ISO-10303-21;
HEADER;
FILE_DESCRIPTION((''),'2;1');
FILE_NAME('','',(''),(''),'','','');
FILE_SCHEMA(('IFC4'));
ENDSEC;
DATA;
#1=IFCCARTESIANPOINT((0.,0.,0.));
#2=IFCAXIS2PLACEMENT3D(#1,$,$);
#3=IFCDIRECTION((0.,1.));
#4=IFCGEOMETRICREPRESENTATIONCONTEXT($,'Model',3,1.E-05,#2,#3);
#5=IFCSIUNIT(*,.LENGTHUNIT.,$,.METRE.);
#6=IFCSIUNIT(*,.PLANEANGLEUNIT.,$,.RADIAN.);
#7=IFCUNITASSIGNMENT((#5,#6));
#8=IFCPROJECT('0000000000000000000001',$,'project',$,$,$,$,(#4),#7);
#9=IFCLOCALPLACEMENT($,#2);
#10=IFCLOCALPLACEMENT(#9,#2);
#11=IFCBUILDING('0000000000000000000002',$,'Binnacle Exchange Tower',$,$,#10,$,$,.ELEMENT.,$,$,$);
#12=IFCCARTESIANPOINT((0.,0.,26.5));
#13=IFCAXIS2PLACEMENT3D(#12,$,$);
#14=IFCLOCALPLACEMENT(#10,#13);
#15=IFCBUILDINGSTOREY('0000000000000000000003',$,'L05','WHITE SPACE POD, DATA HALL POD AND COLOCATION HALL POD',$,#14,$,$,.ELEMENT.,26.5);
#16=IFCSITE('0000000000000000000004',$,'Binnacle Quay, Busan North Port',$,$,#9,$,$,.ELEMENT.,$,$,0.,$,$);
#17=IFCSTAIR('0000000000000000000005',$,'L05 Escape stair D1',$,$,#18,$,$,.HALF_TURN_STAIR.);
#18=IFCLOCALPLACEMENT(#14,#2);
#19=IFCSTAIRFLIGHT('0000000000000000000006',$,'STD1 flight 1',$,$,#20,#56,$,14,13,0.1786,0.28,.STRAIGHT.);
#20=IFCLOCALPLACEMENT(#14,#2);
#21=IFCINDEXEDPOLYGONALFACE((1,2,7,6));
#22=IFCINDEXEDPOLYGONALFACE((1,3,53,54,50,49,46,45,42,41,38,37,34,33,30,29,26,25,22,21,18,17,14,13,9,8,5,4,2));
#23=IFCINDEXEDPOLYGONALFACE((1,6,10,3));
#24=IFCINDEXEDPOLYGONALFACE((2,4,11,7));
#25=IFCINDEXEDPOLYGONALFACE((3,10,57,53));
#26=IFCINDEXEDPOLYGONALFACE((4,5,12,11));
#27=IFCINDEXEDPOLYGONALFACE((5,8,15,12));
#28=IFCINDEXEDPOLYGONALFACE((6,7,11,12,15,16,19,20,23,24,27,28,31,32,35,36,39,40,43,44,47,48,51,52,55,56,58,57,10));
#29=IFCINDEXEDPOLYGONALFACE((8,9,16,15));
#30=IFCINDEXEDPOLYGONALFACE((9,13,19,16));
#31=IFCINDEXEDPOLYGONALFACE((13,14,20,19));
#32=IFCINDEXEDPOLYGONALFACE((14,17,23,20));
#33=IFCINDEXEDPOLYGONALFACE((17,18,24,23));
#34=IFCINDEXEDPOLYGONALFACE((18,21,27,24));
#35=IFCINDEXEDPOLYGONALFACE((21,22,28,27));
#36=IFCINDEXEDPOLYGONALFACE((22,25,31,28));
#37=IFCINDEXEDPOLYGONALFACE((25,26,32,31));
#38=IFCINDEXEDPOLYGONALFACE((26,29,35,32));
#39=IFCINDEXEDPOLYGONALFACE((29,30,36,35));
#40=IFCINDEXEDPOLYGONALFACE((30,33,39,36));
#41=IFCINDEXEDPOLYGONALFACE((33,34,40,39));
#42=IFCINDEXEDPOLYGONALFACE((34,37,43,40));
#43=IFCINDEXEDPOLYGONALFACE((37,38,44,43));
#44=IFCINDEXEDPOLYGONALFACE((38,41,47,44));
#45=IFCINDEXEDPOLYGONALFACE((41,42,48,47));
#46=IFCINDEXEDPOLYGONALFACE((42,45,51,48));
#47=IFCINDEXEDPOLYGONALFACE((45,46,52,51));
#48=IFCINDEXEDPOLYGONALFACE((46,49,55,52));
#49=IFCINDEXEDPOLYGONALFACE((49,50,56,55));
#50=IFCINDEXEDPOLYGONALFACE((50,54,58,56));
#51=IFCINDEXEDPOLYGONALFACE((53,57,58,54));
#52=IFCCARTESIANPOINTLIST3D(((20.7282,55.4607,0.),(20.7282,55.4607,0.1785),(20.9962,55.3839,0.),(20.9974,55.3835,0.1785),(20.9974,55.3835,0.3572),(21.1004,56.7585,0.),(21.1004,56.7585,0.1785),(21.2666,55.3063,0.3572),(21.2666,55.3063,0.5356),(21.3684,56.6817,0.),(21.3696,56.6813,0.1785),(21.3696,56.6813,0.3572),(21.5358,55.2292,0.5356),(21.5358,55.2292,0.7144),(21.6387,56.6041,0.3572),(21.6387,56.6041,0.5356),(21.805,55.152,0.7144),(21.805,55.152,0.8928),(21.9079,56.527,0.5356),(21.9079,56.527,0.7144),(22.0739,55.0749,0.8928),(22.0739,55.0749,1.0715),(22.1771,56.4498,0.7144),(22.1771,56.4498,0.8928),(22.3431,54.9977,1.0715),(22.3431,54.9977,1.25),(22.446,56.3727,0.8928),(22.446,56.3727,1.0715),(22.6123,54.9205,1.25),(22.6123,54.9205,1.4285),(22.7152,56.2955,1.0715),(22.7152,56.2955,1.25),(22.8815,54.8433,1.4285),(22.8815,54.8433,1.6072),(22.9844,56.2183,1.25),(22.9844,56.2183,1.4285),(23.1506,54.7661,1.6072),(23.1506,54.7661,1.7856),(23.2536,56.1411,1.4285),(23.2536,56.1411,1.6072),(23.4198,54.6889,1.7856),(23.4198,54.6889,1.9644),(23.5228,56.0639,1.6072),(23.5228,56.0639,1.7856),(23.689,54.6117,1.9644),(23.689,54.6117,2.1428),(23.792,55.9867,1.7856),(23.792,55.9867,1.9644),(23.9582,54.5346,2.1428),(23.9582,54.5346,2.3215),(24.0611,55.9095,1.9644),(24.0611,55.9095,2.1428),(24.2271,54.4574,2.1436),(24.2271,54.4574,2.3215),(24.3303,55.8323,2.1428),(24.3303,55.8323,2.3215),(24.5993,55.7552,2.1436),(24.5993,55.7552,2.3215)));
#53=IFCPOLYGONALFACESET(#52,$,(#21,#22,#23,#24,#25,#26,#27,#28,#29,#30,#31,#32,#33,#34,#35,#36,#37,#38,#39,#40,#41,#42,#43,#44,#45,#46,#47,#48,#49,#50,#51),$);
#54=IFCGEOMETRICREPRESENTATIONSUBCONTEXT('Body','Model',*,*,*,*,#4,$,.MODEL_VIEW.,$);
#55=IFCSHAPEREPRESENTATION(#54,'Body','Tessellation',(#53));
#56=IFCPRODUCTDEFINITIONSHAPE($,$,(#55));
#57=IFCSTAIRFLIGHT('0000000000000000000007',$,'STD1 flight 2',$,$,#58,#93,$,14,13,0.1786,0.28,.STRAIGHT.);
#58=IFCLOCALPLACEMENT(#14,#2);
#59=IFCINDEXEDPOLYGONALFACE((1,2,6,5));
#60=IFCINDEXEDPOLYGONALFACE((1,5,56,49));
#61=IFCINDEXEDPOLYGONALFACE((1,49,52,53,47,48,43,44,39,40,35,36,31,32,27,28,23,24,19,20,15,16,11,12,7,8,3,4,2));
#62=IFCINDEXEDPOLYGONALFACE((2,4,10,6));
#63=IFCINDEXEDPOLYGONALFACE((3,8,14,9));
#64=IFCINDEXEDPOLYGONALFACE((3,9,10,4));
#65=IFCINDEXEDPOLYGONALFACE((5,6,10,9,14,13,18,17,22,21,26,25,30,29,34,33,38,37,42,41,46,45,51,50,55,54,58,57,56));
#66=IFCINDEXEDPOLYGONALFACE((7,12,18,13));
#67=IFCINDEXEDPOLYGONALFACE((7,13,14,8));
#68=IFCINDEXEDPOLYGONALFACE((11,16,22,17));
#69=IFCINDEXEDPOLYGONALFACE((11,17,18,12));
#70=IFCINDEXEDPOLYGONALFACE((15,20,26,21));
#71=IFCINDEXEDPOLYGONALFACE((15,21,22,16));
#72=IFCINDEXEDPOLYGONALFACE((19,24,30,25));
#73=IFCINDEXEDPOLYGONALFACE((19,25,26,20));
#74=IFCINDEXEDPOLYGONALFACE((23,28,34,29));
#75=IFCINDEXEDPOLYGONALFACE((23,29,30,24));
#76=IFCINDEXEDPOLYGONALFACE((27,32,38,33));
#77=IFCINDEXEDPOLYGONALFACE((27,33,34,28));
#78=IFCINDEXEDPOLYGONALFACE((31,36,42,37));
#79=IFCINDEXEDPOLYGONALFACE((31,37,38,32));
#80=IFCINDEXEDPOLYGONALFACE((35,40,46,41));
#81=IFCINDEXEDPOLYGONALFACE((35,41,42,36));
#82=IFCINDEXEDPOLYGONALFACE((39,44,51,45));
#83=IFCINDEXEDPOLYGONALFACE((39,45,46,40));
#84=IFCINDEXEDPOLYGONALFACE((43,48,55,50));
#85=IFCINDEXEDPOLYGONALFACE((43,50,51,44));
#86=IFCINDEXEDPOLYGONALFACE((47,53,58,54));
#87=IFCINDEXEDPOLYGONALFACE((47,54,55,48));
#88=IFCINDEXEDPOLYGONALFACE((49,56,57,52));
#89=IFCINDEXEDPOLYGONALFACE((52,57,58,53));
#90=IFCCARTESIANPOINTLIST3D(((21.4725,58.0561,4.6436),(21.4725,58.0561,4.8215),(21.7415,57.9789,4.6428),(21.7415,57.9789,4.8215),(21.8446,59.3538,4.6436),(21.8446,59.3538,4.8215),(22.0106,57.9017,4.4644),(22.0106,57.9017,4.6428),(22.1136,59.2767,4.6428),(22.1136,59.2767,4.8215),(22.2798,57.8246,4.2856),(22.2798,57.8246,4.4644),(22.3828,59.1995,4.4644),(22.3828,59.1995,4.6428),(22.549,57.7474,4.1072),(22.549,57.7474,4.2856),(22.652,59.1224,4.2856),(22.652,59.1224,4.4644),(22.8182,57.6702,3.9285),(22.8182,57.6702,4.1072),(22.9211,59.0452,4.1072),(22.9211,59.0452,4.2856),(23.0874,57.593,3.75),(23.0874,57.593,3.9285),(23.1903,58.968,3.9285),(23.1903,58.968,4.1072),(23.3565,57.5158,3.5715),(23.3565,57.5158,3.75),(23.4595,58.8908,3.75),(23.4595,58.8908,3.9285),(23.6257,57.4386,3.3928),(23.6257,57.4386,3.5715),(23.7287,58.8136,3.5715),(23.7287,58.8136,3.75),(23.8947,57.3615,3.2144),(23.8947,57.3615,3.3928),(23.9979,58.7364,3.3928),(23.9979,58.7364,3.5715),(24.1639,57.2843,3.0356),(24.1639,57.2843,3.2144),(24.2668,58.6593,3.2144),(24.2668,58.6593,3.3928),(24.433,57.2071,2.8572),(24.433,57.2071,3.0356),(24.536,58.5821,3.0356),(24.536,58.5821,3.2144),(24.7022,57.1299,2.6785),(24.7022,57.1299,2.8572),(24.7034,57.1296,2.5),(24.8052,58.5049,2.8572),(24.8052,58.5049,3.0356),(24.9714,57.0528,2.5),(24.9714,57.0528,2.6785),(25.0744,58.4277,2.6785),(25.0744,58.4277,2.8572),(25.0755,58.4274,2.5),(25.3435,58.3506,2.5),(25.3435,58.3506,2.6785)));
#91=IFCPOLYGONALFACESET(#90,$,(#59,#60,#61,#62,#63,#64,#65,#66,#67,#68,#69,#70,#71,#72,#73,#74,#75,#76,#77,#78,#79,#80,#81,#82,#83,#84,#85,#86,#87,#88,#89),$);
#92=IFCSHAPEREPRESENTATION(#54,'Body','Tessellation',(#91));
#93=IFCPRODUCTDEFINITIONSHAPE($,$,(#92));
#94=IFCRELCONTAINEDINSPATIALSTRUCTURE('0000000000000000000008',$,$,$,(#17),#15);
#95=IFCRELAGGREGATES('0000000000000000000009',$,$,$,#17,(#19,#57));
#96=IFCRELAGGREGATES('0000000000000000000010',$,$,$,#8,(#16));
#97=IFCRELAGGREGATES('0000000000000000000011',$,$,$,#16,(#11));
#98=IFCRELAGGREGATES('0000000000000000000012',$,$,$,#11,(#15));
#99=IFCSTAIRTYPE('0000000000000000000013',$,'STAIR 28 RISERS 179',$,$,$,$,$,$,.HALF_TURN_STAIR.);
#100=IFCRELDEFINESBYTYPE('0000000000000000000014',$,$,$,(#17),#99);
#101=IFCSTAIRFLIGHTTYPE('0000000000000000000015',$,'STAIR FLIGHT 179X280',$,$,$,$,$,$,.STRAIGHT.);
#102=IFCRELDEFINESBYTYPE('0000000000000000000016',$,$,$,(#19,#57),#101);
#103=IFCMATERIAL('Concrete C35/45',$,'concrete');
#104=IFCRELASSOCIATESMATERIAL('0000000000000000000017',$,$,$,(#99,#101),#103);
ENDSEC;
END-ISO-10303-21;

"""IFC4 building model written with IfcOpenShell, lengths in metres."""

from ifc_helpers import new_model, si_unit, direction, frame, origin, place, context, subcontext, project, spatial, polyline, outline, extrude, material, type_object, element, aggregate, save


model = new_model("IFC4")

# Units and contexts
model_context = context("Model", 3, precision=1e-05, world=origin(), true_north=direction((0.0, 1.0)))
body_context = subcontext(model_context, "Body", "Model", "MODEL_VIEW")
ifc_project = project(units=[si_unit("LENGTHUNIT", "METRE"), si_unit("PLANEANGLEUNIT", "RADIAN")], contexts=[model_context])

# Site, building, storey
site_placement = place(None, origin())
site = spatial("IfcSite", under=ifc_project, at=site_placement, Name="Binnacle Quay, Busan North Port", CompositionType="ELEMENT", RefElevation=0.0)
building_placement = place(site_placement, origin())
building = spatial("IfcBuilding", under=site, at=building_placement, Name="Binnacle Exchange Tower", CompositionType="ELEMENT")
storey_placement = place(building_placement, frame((0.0, 0.0, 26.5)))
storey = spatial("IfcBuildingStorey", under=building, at=storey_placement, Name="L05", Description="WHITE SPACE POD, DATA HALL POD AND COLOCATION HALL POD", CompositionType="ELEMENT", Elevation=26.5)

# Stair, stair flights
ifc_material_1 = material(Name="Concrete C35/45", Category="concrete")
stair_type = type_object("IfcStairType", Name="STAIR 28 RISERS 179", PredefinedType="HALF_TURN_STAIR", material=ifc_material_1)
stair_placement = place(storey_placement, origin())
stair = element("IfcStair", 1, at=stair_placement, inside=storey, type_object=stair_type, Name="L05 Escape stair D1", PredefinedType="HALF_TURN_STAIR")
stair_flight_type = type_object("IfcStairFlightType", Name="STAIR FLIGHT 179X280", PredefinedType="STRAIGHT", material=ifc_material_1)
stair_flight_1_placement = place(storey_placement, frame((20.9143, 56.1096, 0.0), z_axis=(0.0, 0.0, 1.0), x_axis=(0.961262, -0.275637, 0.0)))
stair_flight_1 = element("IfcStairFlight", 2, at=stair_flight_1_placement, type_object=stair_flight_type, Name="STD1 flight 1", NumberOfRisers=14, NumberOfTreads=13, PredefinedType="STRAIGHT", RiserHeight=0.1786, TreadLength=0.28, context=body_context, shape_type="SweptSolid", body=[
    extrude(outline(polyline([(0.0, 0.0), (0.0, 0.1785), (0.28, 0.1785), (0.28, 0.3572), (0.5601, 0.3572), (0.5601, 0.5356), (0.8401, 0.5356), (0.8401, 0.7144), (1.1201, 0.7144), (1.1201, 0.8928), (1.3999, 0.8928), (1.3999, 1.0715), (1.6799, 1.0715), (1.6799, 1.25), (1.96, 1.25), (1.96, 1.4285), (2.24, 1.4285), (2.24, 1.6072), (2.52, 1.6072), (2.52, 1.7856), (2.8, 1.7856), (2.8, 1.9644), (3.0801, 1.9644), (3.0801, 2.1428), (3.3601, 2.1428), (3.3601, 2.3215), (3.6399, 2.3215), (3.6399, 2.5), (3.6399, 2.1436), (0.2788, 0.0), (0.0, 0.0)])), frame((0.0, 0.675, 0.0), z_axis=(0.0, -1.0, 0.0), x_axis=(1.0, 0.0, 0.0)), (0.0, 0.0, 1.0), 1.3501),
])
stair_flight_2_placement = place(storey_placement, frame((25.1575, 57.7017, 2.5), z_axis=(0.0, 0.0, 1.0), x_axis=(-0.961262, 0.275637, 0.0)))
stair_flight_2 = element("IfcStairFlight", 3, at=stair_flight_2_placement, type_object=stair_flight_type, Name="STD1 flight 2", NumberOfRisers=14, NumberOfTreads=13, PredefinedType="STRAIGHT", RiserHeight=0.1786, TreadLength=0.28, context=body_context, shape_type="SweptSolid", body=[
    extrude(outline(polyline([(0.0, 0.0), (0.0, 0.1785), (0.28, 0.1785), (0.28, 0.3572), (0.5601, 0.3572), (0.5601, 0.5356), (0.8401, 0.5356), (0.8401, 0.7144), (1.1201, 0.7144), (1.1201, 0.8928), (1.3999, 0.8928), (1.3999, 1.0715), (1.6799, 1.0715), (1.6799, 1.25), (1.96, 1.25), (1.96, 1.4285), (2.24, 1.4285), (2.24, 1.6072), (2.52, 1.6072), (2.52, 1.7856), (2.8, 1.7856), (2.8, 1.9644), (3.0801, 1.9644), (3.0801, 2.1428), (3.3601, 2.1428), (3.3601, 2.3215), (3.6399, 2.3215), (3.6399, 2.5), (3.6399, 2.1436), (0.2788, 0.0), (0.0, 0.0)])), frame((0.0, 0.675, 0.0), z_axis=(0.0, -1.0, 0.0), x_axis=(1.0, 0.0, 0.0)), (0.0, 0.0, 1.0), 1.3501),
])
aggregate(stair, [stair_flight_1, stair_flight_2])

save(model, "model.ifc")
